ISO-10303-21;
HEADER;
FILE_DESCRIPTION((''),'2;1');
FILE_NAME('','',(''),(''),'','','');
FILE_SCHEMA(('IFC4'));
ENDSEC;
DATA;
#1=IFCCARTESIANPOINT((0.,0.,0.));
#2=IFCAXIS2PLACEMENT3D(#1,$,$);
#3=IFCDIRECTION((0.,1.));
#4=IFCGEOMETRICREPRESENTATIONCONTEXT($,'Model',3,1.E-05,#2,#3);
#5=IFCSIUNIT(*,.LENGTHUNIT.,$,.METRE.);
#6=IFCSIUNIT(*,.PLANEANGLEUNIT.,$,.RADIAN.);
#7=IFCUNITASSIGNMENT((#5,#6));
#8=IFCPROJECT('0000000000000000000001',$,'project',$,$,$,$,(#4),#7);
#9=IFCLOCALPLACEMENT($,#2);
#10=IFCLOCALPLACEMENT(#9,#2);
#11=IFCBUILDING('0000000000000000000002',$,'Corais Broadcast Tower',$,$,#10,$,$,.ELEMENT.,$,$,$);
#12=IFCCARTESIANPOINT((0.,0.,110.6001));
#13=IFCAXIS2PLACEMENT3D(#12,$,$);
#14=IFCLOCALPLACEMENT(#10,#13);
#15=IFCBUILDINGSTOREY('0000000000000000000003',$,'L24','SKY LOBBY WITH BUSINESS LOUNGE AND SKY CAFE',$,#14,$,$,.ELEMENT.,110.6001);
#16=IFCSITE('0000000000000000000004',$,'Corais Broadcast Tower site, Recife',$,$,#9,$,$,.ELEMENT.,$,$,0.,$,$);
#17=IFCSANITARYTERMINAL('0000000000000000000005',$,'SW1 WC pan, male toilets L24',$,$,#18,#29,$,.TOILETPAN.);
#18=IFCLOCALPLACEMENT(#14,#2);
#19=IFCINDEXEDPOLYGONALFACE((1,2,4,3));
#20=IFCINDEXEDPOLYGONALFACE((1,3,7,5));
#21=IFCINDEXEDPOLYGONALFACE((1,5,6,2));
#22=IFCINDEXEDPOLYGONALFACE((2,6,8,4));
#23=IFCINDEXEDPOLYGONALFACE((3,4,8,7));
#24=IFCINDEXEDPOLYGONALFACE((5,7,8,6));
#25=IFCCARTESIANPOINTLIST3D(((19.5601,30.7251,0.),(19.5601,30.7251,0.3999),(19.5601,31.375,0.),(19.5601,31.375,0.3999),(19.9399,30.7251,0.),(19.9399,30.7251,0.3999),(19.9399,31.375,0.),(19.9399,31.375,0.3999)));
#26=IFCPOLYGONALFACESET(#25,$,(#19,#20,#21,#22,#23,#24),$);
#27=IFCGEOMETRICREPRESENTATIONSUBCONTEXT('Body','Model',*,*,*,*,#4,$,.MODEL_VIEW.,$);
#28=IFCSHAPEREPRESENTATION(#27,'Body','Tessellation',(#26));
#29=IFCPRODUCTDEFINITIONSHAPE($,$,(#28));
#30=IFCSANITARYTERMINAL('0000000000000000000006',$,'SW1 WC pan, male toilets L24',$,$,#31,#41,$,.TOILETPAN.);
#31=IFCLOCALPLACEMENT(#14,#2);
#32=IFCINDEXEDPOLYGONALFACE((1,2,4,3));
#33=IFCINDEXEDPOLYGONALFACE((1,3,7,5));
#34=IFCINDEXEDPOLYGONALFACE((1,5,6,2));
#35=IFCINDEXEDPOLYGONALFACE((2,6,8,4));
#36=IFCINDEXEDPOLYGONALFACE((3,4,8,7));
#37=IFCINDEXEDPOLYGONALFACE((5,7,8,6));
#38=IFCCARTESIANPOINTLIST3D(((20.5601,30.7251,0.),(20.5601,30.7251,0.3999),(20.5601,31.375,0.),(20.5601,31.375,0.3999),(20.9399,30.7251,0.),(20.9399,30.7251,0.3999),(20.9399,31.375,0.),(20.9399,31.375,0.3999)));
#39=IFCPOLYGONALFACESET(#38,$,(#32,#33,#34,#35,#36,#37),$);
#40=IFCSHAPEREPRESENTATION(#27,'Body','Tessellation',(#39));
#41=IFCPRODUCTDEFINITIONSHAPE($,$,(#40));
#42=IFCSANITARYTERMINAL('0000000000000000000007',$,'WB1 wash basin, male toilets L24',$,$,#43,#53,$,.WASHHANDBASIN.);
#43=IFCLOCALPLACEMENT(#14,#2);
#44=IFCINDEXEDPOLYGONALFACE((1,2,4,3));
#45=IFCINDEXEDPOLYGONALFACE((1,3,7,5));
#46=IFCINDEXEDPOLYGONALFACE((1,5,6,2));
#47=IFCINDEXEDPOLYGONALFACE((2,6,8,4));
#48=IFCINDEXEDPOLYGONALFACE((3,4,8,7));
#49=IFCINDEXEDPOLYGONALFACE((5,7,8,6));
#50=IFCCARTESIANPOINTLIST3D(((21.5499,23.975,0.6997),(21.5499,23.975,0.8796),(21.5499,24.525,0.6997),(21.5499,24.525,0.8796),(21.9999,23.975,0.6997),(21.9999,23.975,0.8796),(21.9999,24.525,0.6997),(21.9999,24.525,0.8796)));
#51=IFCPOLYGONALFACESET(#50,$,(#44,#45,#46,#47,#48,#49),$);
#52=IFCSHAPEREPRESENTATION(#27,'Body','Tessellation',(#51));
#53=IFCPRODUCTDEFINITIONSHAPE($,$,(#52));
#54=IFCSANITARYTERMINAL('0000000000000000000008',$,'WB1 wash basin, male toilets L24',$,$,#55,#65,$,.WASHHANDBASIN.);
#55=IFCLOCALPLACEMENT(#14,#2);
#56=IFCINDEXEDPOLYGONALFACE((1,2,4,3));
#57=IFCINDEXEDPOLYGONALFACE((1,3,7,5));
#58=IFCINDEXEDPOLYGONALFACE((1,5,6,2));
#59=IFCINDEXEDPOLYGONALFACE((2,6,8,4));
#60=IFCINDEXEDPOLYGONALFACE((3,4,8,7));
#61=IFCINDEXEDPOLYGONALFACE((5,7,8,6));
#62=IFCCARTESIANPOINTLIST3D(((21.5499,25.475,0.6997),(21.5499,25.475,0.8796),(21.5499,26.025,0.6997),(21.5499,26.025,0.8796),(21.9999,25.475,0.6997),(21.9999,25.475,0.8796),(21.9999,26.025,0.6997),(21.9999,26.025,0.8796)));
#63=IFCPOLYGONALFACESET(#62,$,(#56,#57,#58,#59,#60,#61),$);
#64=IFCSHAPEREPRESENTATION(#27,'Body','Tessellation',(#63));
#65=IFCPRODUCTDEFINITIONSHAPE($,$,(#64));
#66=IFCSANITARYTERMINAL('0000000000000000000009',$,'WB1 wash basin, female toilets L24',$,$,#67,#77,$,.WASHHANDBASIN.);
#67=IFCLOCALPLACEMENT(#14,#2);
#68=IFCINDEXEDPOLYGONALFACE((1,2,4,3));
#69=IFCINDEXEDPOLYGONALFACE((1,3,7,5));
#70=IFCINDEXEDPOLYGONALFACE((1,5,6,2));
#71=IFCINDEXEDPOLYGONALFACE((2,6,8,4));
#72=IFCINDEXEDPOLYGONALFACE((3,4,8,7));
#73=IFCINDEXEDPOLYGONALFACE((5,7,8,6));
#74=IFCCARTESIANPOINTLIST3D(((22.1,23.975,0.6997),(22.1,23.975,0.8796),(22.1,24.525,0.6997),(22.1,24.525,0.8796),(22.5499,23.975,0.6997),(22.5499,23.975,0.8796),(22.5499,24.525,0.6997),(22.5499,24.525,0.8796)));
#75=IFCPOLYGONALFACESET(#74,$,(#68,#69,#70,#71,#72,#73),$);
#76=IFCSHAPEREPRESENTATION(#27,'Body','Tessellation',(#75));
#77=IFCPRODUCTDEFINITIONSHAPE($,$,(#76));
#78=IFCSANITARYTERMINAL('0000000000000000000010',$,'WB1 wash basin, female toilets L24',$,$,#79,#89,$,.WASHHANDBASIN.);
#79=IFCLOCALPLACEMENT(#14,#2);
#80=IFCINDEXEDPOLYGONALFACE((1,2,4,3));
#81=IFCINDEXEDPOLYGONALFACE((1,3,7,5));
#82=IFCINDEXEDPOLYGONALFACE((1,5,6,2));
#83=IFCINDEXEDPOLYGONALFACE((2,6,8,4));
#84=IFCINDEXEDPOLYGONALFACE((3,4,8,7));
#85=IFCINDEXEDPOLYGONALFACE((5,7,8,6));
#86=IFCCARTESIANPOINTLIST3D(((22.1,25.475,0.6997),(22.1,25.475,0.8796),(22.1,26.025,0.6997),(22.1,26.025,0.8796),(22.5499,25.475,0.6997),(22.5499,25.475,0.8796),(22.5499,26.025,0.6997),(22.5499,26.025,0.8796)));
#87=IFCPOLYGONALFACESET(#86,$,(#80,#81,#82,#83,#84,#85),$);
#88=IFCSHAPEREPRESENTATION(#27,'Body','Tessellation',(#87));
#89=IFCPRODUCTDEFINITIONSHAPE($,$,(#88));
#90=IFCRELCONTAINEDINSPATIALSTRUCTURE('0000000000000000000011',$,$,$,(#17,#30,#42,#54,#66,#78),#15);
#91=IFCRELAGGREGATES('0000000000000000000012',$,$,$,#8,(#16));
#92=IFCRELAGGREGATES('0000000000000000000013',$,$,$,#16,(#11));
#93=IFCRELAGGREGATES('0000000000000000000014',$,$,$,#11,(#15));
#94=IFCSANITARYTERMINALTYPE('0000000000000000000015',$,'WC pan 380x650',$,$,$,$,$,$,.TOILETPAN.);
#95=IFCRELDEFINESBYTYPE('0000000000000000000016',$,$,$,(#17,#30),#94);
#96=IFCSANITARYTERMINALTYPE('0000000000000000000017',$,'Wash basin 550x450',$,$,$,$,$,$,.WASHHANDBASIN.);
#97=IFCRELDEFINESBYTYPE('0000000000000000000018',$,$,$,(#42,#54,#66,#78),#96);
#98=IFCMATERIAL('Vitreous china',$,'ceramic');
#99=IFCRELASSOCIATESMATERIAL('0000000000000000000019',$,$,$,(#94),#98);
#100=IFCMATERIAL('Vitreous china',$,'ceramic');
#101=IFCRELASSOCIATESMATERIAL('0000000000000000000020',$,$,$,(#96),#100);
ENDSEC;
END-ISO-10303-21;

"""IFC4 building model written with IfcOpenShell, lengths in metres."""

from ifc_helpers import new_model, si_unit, direction, frame, origin, origin_2d, place, context, subcontext, project, spatial, rectangle, extrude, material, type_object, element, save


model = new_model("IFC4")

# Units and contexts
model_context = context("Model", 3, precision=1e-05, world=origin(), true_north=direction((0.0, 1.0)))
body_context = subcontext(model_context, "Body", "Model", "MODEL_VIEW")
ifc_project = project(units=[si_unit("LENGTHUNIT", "METRE"), si_unit("PLANEANGLEUNIT", "RADIAN")], contexts=[model_context])

# Site, building, storey
site_placement = place(None, origin())
site = spatial("IfcSite", under=ifc_project, at=site_placement, Name="Corais Broadcast Tower site, Recife", CompositionType="ELEMENT", RefElevation=0.0)
building_placement = place(site_placement, origin())
building = spatial("IfcBuilding", under=site, at=building_placement, Name="Corais Broadcast Tower", CompositionType="ELEMENT")
storey_placement = place(building_placement, frame((0.0, 0.0, 110.6001)))
storey = spatial("IfcBuildingStorey", under=building, at=storey_placement, Name="L24", Description="SKY LOBBY WITH BUSINESS LOUNGE AND SKY CAFE", CompositionType="ELEMENT", Elevation=110.6001)

# Sanitary terminals
ifc_material_1 = material(Name="Vitreous china", Category="ceramic")
sanitary_terminal_type_1 = type_object("IfcSanitaryTerminalType", Name="WC pan 380x650", PredefinedType="TOILETPAN", material=ifc_material_1)
for number, where, z_axis, x_axis, name in (
    (1, (19.75, 31.05, 0.0), (0.0, 0.0, 1.0), (1.0, 0.0, 0.0), "SW1 WC pan, male toilets L24"),
    (2, (20.75, 31.05, 0.0), (0.0, 0.0, 1.0), (1.0, 0.0, 0.0), "SW1 WC pan, male toilets L24"),
):
    element("IfcSanitaryTerminal", number, at=place(storey_placement, frame(where, z_axis=z_axis, x_axis=x_axis)), inside=storey, type_object=sanitary_terminal_type_1, Name=name, PredefinedType="TOILETPAN", context=body_context, shape_type="SweptSolid", body=[
        extrude(rectangle(XDim=0.3799, YDim=0.6499, at=origin_2d()), origin(), (0.0, 0.0, 1.0), 0.3999),
    ])
ifc_material_2 = material(Name="Vitreous china", Category="ceramic")
sanitary_terminal_type_2 = type_object("IfcSanitaryTerminalType", Name="Wash basin 550x450", PredefinedType="WASHHANDBASIN", material=ifc_material_2)
for number, where, z_axis, x_axis, name in (
    (3, (21.7749, 24.25, 0.6997), (0.0, 0.0, 1.0), (1.0, 0.0, 0.0), "WB1 wash basin, male toilets L24"),
    (4, (21.7749, 25.75, 0.6997), (0.0, 0.0, 1.0), (1.0, 0.0, 0.0), "WB1 wash basin, male toilets L24"),
    (5, (22.325, 24.25, 0.6997), (0.0, 0.0, 1.0), (1.0, 0.0, 0.0), "WB1 wash basin, female toilets L24"),
    (6, (22.325, 25.75, 0.6997), (0.0, 0.0, 1.0), (1.0, 0.0, 0.0), "WB1 wash basin, female toilets L24"),
):
    element("IfcSanitaryTerminal", number, at=place(storey_placement, frame(where, z_axis=z_axis, x_axis=x_axis)), inside=storey, type_object=sanitary_terminal_type_2, Name=name, PredefinedType="WASHHANDBASIN", context=body_context, shape_type="SweptSolid", body=[
        extrude(rectangle(XDim=0.45, YDim=0.55, at=origin_2d()), origin(), (0.0, 0.0, 1.0), 0.1799),
    ])

save(model, "model.ifc")
